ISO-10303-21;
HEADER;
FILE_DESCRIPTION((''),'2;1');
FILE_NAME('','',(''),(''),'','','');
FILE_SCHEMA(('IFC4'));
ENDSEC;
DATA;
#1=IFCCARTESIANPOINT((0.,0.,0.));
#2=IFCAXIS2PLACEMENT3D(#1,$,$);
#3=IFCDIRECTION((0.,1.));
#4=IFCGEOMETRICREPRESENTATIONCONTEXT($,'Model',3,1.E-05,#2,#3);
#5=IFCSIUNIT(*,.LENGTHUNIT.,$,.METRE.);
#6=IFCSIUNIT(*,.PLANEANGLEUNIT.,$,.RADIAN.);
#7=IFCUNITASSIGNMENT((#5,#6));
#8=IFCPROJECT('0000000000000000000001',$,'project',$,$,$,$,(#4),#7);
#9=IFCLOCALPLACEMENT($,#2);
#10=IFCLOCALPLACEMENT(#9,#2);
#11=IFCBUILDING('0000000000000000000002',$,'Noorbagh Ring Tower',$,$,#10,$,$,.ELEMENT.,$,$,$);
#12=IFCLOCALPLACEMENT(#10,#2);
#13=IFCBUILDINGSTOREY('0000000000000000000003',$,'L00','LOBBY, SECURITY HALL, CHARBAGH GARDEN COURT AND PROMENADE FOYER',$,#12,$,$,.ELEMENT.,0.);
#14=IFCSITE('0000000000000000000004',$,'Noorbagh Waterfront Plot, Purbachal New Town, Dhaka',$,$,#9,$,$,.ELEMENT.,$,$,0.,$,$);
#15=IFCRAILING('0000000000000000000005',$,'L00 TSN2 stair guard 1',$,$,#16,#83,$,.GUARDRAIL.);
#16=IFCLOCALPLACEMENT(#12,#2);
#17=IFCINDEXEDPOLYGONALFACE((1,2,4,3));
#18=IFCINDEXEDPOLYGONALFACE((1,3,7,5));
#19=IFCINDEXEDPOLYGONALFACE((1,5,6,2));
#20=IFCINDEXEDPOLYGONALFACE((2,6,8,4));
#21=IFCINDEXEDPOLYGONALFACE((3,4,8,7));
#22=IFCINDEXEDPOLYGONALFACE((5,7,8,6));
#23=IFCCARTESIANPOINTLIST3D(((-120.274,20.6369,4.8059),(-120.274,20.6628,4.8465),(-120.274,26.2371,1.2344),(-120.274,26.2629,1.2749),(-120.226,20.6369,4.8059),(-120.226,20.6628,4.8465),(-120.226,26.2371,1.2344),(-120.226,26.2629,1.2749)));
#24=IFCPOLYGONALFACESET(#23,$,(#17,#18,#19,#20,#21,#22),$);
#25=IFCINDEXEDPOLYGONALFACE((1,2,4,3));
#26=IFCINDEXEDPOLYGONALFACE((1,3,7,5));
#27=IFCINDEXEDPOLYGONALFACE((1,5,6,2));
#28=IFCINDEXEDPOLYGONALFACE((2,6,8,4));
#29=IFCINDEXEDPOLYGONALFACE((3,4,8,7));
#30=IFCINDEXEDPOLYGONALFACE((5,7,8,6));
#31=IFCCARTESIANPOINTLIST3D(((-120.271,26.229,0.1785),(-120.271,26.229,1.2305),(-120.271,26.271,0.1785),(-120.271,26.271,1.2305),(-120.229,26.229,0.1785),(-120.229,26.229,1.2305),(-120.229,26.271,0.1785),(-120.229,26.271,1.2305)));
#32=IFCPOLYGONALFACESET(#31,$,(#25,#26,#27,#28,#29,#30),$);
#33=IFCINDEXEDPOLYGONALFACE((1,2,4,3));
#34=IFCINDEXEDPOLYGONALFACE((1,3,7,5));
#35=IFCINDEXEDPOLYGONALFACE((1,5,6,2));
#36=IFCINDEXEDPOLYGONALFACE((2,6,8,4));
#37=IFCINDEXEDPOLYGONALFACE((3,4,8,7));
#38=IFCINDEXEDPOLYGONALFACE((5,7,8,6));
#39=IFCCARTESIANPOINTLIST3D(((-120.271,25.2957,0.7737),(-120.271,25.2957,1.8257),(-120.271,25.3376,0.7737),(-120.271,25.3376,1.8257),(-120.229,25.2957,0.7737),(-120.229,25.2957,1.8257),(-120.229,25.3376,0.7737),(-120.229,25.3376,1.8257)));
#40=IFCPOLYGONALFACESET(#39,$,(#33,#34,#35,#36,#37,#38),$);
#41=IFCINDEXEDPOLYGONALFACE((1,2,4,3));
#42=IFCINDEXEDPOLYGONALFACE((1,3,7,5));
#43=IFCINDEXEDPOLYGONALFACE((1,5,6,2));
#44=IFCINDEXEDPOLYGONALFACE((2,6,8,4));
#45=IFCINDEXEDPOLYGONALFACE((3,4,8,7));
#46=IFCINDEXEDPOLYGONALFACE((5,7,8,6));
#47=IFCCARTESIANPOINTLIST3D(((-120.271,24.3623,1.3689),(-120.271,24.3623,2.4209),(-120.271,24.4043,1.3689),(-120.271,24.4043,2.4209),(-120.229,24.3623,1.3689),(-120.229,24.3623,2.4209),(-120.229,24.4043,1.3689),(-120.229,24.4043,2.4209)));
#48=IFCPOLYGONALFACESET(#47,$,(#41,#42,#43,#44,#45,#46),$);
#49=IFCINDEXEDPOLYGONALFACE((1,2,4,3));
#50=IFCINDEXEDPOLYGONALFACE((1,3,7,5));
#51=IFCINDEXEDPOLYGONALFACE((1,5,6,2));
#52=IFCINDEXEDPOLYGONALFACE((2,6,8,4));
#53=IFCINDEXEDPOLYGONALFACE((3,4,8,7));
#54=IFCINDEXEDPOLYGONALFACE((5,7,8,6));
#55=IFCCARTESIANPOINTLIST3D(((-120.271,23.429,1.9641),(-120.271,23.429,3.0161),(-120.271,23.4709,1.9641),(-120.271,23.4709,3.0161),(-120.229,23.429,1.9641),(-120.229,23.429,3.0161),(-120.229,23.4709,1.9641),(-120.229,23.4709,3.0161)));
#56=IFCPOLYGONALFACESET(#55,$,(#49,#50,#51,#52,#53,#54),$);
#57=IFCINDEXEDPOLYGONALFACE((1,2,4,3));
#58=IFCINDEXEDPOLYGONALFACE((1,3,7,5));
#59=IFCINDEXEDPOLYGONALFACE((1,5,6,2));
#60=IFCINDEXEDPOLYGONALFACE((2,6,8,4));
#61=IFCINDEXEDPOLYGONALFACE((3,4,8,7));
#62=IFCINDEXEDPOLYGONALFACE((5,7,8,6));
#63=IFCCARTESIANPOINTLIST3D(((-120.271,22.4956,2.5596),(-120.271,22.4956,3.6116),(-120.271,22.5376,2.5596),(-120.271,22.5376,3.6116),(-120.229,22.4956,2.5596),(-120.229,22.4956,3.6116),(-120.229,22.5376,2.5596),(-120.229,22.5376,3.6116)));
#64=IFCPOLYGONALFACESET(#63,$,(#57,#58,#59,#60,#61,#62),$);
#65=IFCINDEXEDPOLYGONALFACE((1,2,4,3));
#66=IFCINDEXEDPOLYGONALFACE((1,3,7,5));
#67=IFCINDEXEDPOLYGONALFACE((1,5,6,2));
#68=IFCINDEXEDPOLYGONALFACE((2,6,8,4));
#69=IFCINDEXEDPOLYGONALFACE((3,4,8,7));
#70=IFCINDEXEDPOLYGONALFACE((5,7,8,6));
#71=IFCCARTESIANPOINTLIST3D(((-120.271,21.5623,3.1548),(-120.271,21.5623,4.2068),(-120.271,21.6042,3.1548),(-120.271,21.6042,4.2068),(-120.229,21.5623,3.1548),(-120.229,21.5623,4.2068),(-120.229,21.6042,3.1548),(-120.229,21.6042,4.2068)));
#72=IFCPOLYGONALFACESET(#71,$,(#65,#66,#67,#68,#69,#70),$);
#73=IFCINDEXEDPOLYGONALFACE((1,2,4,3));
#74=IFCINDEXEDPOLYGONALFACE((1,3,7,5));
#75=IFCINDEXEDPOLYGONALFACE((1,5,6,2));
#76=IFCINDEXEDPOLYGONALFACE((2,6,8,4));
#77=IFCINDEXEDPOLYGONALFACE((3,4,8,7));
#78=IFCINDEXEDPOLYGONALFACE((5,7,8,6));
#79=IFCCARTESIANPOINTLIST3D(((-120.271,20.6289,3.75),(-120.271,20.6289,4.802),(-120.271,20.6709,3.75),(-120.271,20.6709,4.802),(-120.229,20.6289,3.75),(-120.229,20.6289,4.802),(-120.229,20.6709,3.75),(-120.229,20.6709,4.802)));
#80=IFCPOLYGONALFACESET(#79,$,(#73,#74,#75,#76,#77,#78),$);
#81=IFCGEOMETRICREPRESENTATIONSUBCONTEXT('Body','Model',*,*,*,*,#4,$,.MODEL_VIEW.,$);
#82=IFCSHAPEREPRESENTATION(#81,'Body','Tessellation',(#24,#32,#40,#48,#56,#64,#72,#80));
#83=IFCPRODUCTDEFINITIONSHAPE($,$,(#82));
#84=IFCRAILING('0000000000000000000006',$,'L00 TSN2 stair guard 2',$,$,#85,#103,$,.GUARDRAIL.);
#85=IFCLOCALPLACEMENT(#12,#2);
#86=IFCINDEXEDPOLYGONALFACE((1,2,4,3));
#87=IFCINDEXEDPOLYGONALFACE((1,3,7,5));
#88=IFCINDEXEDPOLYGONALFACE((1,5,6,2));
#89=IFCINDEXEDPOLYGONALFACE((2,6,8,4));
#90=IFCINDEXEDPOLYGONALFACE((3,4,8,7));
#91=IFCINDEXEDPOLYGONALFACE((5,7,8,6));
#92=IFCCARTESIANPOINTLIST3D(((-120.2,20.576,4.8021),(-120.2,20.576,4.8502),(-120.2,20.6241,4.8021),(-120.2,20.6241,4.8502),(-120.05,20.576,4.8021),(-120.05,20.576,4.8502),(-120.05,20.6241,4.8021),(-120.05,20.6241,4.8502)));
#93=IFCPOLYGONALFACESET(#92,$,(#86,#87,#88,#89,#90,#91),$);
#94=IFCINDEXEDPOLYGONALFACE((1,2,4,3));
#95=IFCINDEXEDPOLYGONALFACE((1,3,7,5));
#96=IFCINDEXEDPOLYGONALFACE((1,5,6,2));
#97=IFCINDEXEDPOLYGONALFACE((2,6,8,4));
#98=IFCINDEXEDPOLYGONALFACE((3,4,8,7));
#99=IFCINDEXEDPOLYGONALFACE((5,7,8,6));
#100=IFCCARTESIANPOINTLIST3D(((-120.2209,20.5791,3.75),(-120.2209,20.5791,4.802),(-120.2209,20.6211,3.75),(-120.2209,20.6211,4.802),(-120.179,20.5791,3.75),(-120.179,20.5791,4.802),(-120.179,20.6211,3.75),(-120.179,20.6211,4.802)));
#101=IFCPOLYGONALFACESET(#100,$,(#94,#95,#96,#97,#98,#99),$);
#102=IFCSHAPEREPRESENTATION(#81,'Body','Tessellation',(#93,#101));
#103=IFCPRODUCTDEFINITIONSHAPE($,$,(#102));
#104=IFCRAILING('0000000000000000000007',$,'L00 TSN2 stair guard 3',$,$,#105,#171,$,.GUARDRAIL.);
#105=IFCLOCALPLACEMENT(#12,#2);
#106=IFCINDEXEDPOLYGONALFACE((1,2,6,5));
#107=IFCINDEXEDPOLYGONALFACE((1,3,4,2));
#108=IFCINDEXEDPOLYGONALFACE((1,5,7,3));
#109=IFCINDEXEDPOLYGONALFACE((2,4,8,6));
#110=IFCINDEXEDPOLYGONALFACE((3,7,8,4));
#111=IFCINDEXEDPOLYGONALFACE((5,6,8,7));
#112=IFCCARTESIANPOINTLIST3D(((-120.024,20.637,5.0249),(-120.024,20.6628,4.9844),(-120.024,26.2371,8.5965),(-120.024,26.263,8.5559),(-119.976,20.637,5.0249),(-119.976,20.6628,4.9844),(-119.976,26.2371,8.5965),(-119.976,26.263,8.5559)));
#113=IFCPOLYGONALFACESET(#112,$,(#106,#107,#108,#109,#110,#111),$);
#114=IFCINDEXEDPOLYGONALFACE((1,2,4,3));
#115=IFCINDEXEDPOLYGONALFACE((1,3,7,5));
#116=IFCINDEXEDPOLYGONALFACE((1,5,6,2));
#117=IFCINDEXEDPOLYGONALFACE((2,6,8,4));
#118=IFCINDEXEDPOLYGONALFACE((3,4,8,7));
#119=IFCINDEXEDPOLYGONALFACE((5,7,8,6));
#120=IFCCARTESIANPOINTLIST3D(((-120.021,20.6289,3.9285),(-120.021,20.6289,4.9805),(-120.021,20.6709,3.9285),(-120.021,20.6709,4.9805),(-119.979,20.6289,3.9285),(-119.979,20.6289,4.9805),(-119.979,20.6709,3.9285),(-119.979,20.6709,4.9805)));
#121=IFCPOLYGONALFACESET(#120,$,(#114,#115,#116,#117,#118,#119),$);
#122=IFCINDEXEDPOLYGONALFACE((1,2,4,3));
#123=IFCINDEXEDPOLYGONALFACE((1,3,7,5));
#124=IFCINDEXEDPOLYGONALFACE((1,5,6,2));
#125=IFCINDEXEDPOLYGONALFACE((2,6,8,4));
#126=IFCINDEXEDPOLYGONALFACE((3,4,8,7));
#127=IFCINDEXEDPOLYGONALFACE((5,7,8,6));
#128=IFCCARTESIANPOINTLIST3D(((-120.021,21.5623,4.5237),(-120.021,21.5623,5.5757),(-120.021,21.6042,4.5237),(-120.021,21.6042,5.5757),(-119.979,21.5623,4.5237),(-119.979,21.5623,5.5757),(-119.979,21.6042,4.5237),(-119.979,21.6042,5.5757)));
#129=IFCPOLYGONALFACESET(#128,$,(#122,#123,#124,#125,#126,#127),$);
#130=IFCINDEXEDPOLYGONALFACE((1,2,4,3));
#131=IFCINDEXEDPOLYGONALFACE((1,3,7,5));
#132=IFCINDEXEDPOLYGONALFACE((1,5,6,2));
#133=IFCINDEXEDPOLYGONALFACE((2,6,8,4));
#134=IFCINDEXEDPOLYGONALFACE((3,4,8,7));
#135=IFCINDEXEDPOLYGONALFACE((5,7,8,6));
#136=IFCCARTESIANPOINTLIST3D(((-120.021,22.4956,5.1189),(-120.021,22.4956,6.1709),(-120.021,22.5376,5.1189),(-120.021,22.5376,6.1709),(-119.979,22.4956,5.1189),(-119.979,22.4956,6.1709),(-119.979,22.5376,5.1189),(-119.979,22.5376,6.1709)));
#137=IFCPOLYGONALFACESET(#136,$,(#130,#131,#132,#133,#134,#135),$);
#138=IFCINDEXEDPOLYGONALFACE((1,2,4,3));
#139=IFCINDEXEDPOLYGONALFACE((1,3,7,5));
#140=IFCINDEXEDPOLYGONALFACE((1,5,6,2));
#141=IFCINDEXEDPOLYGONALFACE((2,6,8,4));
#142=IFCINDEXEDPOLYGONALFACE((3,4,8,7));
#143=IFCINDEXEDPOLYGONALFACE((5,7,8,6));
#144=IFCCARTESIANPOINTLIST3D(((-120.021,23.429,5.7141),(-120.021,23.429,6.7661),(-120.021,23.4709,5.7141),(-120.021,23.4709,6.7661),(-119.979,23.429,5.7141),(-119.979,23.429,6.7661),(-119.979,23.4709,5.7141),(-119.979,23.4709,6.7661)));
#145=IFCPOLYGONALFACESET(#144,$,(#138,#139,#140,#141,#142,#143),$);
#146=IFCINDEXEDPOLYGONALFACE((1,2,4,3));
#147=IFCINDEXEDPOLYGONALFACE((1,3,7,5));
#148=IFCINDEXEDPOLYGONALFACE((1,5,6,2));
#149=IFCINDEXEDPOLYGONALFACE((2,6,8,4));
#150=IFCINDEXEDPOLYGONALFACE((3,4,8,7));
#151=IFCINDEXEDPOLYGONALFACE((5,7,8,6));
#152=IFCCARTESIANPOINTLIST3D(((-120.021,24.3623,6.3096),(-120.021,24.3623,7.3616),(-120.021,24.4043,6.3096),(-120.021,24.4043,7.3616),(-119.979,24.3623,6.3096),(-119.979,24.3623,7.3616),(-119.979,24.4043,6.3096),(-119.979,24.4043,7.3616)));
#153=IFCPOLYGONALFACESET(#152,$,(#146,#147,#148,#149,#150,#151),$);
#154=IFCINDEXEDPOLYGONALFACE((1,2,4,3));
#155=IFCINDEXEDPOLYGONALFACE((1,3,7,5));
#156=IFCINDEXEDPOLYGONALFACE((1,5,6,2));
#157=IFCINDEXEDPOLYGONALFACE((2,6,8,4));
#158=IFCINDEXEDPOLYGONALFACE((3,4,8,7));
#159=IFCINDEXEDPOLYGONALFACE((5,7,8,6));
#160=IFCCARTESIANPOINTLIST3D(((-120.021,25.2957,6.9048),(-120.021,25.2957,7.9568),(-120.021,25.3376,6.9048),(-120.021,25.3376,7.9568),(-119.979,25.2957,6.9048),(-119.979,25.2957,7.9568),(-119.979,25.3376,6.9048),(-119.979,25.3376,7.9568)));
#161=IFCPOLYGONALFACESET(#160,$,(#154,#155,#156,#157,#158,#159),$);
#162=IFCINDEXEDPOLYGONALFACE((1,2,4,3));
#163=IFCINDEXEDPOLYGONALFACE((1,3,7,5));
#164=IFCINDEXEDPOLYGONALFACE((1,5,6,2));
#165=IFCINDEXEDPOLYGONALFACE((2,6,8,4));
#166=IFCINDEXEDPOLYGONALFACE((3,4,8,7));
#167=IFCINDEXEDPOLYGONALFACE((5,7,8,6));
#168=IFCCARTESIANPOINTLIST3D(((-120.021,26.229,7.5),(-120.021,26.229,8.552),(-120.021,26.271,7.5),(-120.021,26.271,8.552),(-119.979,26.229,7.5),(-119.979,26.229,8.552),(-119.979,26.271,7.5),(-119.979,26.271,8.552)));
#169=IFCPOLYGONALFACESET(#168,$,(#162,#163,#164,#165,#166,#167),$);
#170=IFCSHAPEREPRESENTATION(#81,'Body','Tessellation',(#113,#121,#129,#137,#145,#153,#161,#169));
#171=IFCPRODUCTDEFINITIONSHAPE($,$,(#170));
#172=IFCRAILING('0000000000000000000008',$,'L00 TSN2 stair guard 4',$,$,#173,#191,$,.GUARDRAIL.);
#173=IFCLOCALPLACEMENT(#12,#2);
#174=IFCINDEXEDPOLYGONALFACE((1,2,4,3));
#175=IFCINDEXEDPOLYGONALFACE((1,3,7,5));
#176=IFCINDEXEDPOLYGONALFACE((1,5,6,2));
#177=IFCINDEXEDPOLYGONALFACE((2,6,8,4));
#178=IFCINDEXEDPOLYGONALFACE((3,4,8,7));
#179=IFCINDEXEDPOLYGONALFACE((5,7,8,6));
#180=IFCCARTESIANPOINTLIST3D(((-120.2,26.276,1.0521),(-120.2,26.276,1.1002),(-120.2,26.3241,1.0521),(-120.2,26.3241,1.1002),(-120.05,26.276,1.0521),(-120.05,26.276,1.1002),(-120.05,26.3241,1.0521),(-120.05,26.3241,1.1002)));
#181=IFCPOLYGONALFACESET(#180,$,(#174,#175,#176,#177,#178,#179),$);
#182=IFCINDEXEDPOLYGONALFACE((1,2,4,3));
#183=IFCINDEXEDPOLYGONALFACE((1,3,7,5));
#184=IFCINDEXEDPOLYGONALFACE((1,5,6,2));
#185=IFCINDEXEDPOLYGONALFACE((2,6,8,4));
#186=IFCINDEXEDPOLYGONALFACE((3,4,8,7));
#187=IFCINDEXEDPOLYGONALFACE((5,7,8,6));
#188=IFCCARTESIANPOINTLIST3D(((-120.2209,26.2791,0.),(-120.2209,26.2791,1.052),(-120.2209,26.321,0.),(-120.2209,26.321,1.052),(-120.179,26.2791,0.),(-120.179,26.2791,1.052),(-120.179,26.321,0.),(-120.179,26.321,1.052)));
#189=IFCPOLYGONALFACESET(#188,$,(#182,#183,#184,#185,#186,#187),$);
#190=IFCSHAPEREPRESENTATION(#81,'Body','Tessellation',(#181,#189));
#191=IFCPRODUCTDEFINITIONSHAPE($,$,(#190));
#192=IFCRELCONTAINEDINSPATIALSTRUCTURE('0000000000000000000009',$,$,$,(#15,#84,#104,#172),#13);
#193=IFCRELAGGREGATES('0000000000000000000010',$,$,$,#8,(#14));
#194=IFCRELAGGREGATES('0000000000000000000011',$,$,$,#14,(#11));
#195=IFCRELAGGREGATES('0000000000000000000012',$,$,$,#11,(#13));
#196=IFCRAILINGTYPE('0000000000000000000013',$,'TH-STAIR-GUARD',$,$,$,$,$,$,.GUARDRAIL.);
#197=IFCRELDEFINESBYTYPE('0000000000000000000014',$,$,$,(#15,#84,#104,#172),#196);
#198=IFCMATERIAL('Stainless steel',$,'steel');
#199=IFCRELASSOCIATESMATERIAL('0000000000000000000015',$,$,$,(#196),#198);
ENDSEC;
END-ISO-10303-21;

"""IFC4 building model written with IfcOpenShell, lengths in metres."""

from ifc_helpers import new_model, si_unit, direction, frame, origin, origin_2d, place, context, subcontext, project, spatial, rectangle, extrude, material, type_object, element, save


model = new_model("IFC4")

# Units and contexts
model_context = context("Model", 3, precision=1e-05, world=origin(), true_north=direction((0.0, 1.0)))
body_context = subcontext(model_context, "Body", "Model", "MODEL_VIEW")
ifc_project = project(units=[si_unit("LENGTHUNIT", "METRE"), si_unit("PLANEANGLEUNIT", "RADIAN")], contexts=[model_context])

# Site, building, storey
site_placement = place(None, origin())
site = spatial("IfcSite", under=ifc_project, at=site_placement, Name="Noorbagh Waterfront Plot, Purbachal New Town, Dhaka", CompositionType="ELEMENT", RefElevation=0.0)
building_placement = place(site_placement, origin())
building = spatial("IfcBuilding", under=site, at=building_placement, Name="Noorbagh Ring Tower", CompositionType="ELEMENT")
storey_placement = place(building_placement, origin())
storey = spatial("IfcBuildingStorey", under=building, at=storey_placement, Name="L00", Description="LOBBY, SECURITY HALL, CHARBAGH GARDEN COURT AND PROMENADE FOYER", CompositionType="ELEMENT", Elevation=0.0)

# Railings
ifc_material_1 = material(Name="Stainless steel", Category="steel")
railing_type_1 = type_object("IfcRailingType", Name="TH-STAIR-GUARD", PredefinedType="GUARDRAIL", material=ifc_material_1)
railing_1_placement = place(storey_placement, frame((-120.25, 26.25, 0.1785)))
element("IfcRailing", 1, at=railing_1_placement, inside=storey, type_object=railing_type_1, Name="L00 TSN2 stair guard 1", PredefinedType="GUARDRAIL", context=body_context, shape_type="SweptSolid", body=[
    extrude(rectangle(XDim=0.0481, YDim=0.0481, at=origin_2d()), frame((0.0, 0.0, 1.0762), z_axis=(0.0, -0.843127, 0.537715), x_axis=(1.0, 0.0, 0.0)), (0.0, 0.0, 1.0), 6.6421),
    extrude(rectangle(XDim=0.042, YDim=0.042, at=origin_2d()), origin(), (0.0, 0.0, 1.0), 1.052),
    extrude(rectangle(XDim=0.042, YDim=0.042, at=origin_2d()), frame((0.0, -0.9333, 0.5952)), (0.0, 0.0, 1.0), 1.052),
    extrude(rectangle(XDim=0.042, YDim=0.042, at=origin_2d()), frame((0.0, -1.8667, 1.1904)), (0.0, 0.0, 1.0), 1.052),
    extrude(rectangle(XDim=0.042, YDim=0.042, at=origin_2d()), frame((0.0, -2.8, 1.7856)), (0.0, 0.0, 1.0), 1.052),
    extrude(rectangle(XDim=0.042, YDim=0.042, at=origin_2d()), frame((0.0, -3.7334, 2.3811)), (0.0, 0.0, 1.0), 1.052),
    extrude(rectangle(XDim=0.042, YDim=0.042, at=origin_2d()), frame((0.0, -4.6667, 2.9763)), (0.0, 0.0, 1.0), 1.052),
    extrude(rectangle(XDim=0.042, YDim=0.042, at=origin_2d()), frame((0.0, -5.6001, 3.5715)), (0.0, 0.0, 1.0), 1.052),
])
railing_2_placement = place(storey_placement, frame((-120.2, 20.6001, 3.75)))
element("IfcRailing", 2, at=railing_2_placement, inside=storey, type_object=railing_type_1, Name="L00 TSN2 stair guard 2", PredefinedType="GUARDRAIL", context=body_context, shape_type="SweptSolid", body=[
    extrude(rectangle(XDim=0.0481, YDim=0.0481, at=origin_2d()), frame((0.0, 0.0, 1.0762), z_axis=(1.0, 0.0, 0.0), x_axis=(0.0, 1.0, 0.0)), (0.0, 0.0, 1.0), 0.1499),
    extrude(rectangle(XDim=0.042, YDim=0.042, at=origin_2d()), origin(), (0.0, 0.0, 1.0), 1.052),
])
railing_3_placement = place(storey_placement, frame((-120.0, 20.6499, 3.9285)))
element("IfcRailing", 3, at=railing_3_placement, inside=storey, type_object=railing_type_1, Name="L00 TSN2 stair guard 3", PredefinedType="GUARDRAIL", context=body_context, shape_type="SweptSolid", body=[
    extrude(rectangle(XDim=0.0481, YDim=0.0481, at=origin_2d()), frame((0.0, 0.0, 1.0762), z_axis=(0.0, 0.843127, 0.537715), x_axis=(-1.0, 0.0, 0.0)), (0.0, 0.0, 1.0), 6.6421),
    extrude(rectangle(XDim=0.042, YDim=0.042, at=origin_2d()), origin(), (0.0, 0.0, 1.0), 1.052),
    extrude(rectangle(XDim=0.042, YDim=0.042, at=origin_2d()), frame((0.0, 0.9333, 0.5952)), (0.0, 0.0, 1.0), 1.052),
    extrude(rectangle(XDim=0.042, YDim=0.042, at=origin_2d()), frame((0.0, 1.8667, 1.1904)), (0.0, 0.0, 1.0), 1.052),
    extrude(rectangle(XDim=0.042, YDim=0.042, at=origin_2d()), frame((0.0, 2.8, 1.7856)), (0.0, 0.0, 1.0), 1.052),
    extrude(rectangle(XDim=0.042, YDim=0.042, at=origin_2d()), frame((0.0, 3.7334, 2.3811)), (0.0, 0.0, 1.0), 1.052),
    extrude(rectangle(XDim=0.042, YDim=0.042, at=origin_2d()), frame((0.0, 4.6667, 2.9763)), (0.0, 0.0, 1.0), 1.052),
    extrude(rectangle(XDim=0.042, YDim=0.042, at=origin_2d()), frame((0.0, 5.6001, 3.5715)), (0.0, 0.0, 1.0), 1.052),
])
railing_4_placement = place(storey_placement, frame((-120.2, 26.3, 0.0)))
element("IfcRailing", 4, at=railing_4_placement, inside=storey, type_object=railing_type_1, Name="L00 TSN2 stair guard 4", PredefinedType="GUARDRAIL", context=body_context, shape_type="SweptSolid", body=[
    extrude(rectangle(XDim=0.0481, YDim=0.0481, at=origin_2d()), frame((0.0, 0.0, 1.0762), z_axis=(1.0, 0.0, 0.0), x_axis=(0.0, 1.0, 0.0)), (0.0, 0.0, 1.0), 0.1499),
    extrude(rectangle(XDim=0.042, YDim=0.042, at=origin_2d()), origin(), (0.0, 0.0, 1.0), 1.052),
])

save(model, "model.ifc")
